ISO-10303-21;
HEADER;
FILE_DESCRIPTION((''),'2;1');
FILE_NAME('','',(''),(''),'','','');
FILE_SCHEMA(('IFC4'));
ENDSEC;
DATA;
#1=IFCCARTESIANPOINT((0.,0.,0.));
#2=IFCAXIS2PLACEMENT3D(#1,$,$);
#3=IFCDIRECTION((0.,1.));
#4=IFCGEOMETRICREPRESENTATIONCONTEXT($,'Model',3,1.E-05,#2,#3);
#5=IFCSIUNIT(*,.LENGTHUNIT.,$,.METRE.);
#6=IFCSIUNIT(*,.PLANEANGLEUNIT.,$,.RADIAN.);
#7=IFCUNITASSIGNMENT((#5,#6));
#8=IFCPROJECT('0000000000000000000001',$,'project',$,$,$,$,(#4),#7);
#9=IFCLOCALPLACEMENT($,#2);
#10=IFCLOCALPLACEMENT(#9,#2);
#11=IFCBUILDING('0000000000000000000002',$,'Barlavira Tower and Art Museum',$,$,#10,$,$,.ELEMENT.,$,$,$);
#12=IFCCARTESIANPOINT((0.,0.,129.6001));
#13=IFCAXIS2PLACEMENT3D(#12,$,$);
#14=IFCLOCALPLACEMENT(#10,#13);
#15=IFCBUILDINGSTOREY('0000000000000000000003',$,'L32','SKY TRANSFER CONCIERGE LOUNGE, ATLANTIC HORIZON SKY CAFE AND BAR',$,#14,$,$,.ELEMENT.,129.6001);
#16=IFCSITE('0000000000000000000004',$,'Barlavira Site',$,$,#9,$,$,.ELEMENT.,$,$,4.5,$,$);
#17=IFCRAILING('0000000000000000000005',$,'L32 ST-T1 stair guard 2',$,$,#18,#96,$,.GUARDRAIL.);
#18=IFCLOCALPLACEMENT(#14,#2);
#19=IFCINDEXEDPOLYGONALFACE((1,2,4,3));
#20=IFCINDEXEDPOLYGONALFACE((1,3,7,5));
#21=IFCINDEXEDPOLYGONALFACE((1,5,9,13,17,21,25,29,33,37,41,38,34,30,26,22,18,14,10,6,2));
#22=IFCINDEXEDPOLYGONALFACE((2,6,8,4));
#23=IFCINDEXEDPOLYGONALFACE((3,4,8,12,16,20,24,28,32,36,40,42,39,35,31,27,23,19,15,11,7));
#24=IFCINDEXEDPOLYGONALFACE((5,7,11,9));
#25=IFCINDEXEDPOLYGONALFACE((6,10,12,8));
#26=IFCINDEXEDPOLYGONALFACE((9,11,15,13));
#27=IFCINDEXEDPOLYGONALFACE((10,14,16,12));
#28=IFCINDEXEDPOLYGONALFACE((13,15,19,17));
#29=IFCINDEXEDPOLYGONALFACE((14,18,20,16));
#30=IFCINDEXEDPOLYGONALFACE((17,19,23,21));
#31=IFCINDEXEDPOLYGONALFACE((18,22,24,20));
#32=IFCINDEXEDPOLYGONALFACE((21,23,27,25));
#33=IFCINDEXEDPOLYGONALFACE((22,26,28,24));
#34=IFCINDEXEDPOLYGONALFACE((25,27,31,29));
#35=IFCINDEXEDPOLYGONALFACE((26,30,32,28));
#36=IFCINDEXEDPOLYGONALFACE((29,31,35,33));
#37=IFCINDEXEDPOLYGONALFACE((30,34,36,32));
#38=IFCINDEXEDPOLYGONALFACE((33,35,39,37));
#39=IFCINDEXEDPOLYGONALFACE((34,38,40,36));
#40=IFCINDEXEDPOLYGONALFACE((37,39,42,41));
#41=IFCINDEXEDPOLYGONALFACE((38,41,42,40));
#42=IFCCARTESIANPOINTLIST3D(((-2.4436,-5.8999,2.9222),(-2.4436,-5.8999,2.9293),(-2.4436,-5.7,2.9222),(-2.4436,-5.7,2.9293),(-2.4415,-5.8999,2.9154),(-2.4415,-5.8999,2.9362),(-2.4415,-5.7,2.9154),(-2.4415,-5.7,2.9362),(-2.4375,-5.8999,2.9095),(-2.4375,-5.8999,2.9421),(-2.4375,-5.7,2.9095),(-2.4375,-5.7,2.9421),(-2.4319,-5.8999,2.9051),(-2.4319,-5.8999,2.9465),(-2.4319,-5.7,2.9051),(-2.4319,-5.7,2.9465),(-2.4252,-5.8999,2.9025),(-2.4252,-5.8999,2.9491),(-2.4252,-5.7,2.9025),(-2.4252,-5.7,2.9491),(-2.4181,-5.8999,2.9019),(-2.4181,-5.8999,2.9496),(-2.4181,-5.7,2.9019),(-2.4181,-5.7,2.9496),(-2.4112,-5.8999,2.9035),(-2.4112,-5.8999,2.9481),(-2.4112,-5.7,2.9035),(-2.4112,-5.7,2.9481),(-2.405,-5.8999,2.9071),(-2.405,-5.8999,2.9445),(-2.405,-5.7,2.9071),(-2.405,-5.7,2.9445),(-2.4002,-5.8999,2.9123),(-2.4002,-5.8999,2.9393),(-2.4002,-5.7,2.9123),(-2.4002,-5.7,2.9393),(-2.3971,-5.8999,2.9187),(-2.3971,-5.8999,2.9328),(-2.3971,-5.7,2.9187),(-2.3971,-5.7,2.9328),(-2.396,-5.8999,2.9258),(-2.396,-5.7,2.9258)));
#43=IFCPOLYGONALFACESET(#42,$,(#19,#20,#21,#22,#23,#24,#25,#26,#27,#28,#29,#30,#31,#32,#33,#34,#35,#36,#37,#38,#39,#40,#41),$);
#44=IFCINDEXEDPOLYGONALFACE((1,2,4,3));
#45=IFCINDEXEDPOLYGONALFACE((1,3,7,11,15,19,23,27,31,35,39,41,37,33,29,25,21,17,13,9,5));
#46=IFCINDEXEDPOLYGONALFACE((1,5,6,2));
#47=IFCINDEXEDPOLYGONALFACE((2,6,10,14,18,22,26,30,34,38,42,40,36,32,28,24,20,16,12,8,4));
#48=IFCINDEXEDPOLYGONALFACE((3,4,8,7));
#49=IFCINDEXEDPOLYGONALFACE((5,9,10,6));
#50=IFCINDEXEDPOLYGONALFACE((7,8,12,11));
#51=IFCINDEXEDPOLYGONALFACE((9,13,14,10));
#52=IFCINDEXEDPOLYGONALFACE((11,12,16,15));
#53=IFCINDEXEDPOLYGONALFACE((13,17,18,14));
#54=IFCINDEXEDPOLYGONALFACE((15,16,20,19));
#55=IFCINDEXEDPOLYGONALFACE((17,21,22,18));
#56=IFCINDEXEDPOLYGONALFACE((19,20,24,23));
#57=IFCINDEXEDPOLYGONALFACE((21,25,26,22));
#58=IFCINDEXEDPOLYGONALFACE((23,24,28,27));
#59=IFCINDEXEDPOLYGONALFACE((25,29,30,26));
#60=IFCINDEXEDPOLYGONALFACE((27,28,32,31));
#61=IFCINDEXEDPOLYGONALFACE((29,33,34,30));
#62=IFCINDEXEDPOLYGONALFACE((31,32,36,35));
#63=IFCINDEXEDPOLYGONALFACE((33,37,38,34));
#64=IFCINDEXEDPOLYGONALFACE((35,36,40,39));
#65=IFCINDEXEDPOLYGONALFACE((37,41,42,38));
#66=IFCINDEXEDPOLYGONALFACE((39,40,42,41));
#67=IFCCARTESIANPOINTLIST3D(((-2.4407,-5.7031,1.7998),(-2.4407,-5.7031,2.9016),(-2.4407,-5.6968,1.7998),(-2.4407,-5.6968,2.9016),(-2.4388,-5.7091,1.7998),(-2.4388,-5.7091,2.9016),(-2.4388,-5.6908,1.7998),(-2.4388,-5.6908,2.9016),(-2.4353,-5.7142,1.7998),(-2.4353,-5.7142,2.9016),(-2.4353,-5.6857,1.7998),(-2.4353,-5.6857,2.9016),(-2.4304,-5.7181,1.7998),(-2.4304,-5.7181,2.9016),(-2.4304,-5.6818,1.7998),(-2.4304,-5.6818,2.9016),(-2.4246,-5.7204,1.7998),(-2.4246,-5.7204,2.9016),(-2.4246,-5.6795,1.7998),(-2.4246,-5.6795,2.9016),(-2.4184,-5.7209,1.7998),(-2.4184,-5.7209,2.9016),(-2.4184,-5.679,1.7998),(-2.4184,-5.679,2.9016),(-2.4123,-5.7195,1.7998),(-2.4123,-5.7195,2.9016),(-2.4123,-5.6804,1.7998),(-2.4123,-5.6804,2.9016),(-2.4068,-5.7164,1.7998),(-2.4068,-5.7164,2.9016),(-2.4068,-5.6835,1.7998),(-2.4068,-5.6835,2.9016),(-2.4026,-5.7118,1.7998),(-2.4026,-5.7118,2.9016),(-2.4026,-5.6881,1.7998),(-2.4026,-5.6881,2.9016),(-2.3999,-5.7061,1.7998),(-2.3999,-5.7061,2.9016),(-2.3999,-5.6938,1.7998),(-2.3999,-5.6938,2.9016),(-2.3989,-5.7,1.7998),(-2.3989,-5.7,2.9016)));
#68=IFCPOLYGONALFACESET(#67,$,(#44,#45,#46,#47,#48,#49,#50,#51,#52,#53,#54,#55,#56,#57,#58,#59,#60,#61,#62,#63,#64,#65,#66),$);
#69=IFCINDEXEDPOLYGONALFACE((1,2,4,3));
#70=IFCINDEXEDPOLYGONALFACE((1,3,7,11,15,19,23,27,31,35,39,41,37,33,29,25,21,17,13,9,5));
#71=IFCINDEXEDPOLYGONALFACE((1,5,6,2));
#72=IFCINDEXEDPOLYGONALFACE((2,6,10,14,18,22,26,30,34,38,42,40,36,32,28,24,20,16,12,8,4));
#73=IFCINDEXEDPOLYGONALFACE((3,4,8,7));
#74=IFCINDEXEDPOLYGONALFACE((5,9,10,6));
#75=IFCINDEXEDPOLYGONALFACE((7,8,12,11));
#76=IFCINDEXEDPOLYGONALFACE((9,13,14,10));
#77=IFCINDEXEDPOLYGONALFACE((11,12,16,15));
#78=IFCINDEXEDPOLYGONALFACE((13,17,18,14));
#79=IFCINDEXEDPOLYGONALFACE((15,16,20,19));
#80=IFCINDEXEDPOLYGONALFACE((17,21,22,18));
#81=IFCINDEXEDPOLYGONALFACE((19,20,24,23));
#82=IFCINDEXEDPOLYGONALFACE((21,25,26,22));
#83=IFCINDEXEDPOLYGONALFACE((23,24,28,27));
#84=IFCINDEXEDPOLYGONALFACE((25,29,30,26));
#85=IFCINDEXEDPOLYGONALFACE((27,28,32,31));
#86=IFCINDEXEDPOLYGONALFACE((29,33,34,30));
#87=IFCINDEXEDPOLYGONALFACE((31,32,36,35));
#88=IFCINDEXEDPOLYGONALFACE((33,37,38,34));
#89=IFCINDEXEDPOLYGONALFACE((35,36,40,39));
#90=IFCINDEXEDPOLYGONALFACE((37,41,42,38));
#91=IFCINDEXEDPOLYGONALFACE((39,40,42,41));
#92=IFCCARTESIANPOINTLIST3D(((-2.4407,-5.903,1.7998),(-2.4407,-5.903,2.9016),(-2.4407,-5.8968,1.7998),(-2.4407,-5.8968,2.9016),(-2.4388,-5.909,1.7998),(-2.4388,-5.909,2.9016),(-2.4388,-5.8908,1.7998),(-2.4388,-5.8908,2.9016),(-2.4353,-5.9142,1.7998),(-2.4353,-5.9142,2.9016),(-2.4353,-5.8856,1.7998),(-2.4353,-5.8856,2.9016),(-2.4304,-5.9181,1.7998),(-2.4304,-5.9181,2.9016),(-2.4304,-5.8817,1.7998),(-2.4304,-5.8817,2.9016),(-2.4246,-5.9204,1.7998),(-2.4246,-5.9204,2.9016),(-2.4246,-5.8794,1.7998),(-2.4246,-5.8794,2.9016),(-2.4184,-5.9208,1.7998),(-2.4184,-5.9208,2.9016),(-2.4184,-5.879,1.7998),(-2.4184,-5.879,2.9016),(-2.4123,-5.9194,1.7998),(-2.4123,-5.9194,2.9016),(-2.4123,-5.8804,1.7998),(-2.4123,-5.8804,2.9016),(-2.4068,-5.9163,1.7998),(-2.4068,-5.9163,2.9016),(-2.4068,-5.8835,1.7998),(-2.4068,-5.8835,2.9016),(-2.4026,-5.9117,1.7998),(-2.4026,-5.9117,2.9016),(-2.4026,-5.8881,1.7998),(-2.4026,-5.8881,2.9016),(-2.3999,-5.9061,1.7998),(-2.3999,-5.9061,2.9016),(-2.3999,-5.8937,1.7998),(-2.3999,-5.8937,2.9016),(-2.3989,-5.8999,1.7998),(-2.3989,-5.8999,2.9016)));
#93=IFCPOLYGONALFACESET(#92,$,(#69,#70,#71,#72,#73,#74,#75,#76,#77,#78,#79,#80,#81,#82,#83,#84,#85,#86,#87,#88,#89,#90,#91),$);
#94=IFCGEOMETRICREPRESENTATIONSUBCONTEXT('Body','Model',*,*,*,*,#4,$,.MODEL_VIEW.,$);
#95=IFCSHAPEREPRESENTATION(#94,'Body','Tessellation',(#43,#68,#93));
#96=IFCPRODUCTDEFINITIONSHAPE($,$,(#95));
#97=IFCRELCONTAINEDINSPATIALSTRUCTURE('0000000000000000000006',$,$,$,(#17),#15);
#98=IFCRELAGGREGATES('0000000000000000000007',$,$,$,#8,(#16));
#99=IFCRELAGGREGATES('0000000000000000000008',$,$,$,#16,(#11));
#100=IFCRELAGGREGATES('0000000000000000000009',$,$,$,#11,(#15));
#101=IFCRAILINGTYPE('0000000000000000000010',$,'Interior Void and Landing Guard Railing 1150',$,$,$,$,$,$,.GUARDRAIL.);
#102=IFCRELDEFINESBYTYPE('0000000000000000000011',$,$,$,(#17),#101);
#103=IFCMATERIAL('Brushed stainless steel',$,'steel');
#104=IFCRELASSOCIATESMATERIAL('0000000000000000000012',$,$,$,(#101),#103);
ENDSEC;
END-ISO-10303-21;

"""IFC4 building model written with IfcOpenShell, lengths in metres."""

from ifc_helpers import new_model, si_unit, direction, frame, origin, origin_2d, place, context, subcontext, project, spatial, circle, extrude, material, type_object, element, save


model = new_model("IFC4")

# Units and contexts
model_context = context("Model", 3, precision=1e-05, world=origin(), true_north=direction((0.0, 1.0)))
body_context = subcontext(model_context, "Body", "Model", "MODEL_VIEW")
ifc_project = project(units=[si_unit("LENGTHUNIT", "METRE"), si_unit("PLANEANGLEUNIT", "RADIAN")], contexts=[model_context])

# Site, building, storey
site_placement = place(None, origin())
site = spatial("IfcSite", under=ifc_project, at=site_placement, Name="Barlavira Site", CompositionType="ELEMENT", RefElevation=4.5)
building_placement = place(site_placement, origin())
building = spatial("IfcBuilding", under=site, at=building_placement, Name="Barlavira Tower and Art Museum", CompositionType="ELEMENT")
storey_placement = place(building_placement, frame((0.0, 0.0, 129.6001)))
storey = spatial("IfcBuildingStorey", under=building, at=storey_placement, Name="L32", Description="SKY TRANSFER CONCIERGE LOUNGE, ATLANTIC HORIZON SKY CAFE AND BAR", CompositionType="ELEMENT", Elevation=129.6001)

# Shared definitions
ifc_material_1 = material(Name="Brushed stainless steel", Category="steel")

# Railing
railing_type_1 = type_object("IfcRailingType", Name="Interior Void and Landing Guard Railing 1150", PredefinedType="GUARDRAIL", material=ifc_material_1)
railing_1_placement = place(storey_placement, frame((-2.4199, -5.7, 1.7998)))
element("IfcRailing", 1, at=railing_1_placement, inside=storey, type_object=railing_type_1, Name="L32 ST-T1 stair guard 2", PredefinedType="GUARDRAIL", context=body_context, shape_type="SweptSolid", body=[
    extrude(circle(Radius=0.0239, at=origin_2d()), frame((0.0, 0.0, 1.126), z_axis=(0.0, -1.0, 0.0), x_axis=(1.0, 0.0, 0.0)), (0.0, 0.0, 1.0), 0.2),
    extrude(circle(Radius=0.021, at=origin_2d()), origin(), (0.0, 0.0, 1.0), 1.1018),
    extrude(circle(Radius=0.021, at=origin_2d()), frame((0.0, -0.2, 0.0)), (0.0, 0.0, 1.0), 1.1018),
])

save(model, "model.ifc")
